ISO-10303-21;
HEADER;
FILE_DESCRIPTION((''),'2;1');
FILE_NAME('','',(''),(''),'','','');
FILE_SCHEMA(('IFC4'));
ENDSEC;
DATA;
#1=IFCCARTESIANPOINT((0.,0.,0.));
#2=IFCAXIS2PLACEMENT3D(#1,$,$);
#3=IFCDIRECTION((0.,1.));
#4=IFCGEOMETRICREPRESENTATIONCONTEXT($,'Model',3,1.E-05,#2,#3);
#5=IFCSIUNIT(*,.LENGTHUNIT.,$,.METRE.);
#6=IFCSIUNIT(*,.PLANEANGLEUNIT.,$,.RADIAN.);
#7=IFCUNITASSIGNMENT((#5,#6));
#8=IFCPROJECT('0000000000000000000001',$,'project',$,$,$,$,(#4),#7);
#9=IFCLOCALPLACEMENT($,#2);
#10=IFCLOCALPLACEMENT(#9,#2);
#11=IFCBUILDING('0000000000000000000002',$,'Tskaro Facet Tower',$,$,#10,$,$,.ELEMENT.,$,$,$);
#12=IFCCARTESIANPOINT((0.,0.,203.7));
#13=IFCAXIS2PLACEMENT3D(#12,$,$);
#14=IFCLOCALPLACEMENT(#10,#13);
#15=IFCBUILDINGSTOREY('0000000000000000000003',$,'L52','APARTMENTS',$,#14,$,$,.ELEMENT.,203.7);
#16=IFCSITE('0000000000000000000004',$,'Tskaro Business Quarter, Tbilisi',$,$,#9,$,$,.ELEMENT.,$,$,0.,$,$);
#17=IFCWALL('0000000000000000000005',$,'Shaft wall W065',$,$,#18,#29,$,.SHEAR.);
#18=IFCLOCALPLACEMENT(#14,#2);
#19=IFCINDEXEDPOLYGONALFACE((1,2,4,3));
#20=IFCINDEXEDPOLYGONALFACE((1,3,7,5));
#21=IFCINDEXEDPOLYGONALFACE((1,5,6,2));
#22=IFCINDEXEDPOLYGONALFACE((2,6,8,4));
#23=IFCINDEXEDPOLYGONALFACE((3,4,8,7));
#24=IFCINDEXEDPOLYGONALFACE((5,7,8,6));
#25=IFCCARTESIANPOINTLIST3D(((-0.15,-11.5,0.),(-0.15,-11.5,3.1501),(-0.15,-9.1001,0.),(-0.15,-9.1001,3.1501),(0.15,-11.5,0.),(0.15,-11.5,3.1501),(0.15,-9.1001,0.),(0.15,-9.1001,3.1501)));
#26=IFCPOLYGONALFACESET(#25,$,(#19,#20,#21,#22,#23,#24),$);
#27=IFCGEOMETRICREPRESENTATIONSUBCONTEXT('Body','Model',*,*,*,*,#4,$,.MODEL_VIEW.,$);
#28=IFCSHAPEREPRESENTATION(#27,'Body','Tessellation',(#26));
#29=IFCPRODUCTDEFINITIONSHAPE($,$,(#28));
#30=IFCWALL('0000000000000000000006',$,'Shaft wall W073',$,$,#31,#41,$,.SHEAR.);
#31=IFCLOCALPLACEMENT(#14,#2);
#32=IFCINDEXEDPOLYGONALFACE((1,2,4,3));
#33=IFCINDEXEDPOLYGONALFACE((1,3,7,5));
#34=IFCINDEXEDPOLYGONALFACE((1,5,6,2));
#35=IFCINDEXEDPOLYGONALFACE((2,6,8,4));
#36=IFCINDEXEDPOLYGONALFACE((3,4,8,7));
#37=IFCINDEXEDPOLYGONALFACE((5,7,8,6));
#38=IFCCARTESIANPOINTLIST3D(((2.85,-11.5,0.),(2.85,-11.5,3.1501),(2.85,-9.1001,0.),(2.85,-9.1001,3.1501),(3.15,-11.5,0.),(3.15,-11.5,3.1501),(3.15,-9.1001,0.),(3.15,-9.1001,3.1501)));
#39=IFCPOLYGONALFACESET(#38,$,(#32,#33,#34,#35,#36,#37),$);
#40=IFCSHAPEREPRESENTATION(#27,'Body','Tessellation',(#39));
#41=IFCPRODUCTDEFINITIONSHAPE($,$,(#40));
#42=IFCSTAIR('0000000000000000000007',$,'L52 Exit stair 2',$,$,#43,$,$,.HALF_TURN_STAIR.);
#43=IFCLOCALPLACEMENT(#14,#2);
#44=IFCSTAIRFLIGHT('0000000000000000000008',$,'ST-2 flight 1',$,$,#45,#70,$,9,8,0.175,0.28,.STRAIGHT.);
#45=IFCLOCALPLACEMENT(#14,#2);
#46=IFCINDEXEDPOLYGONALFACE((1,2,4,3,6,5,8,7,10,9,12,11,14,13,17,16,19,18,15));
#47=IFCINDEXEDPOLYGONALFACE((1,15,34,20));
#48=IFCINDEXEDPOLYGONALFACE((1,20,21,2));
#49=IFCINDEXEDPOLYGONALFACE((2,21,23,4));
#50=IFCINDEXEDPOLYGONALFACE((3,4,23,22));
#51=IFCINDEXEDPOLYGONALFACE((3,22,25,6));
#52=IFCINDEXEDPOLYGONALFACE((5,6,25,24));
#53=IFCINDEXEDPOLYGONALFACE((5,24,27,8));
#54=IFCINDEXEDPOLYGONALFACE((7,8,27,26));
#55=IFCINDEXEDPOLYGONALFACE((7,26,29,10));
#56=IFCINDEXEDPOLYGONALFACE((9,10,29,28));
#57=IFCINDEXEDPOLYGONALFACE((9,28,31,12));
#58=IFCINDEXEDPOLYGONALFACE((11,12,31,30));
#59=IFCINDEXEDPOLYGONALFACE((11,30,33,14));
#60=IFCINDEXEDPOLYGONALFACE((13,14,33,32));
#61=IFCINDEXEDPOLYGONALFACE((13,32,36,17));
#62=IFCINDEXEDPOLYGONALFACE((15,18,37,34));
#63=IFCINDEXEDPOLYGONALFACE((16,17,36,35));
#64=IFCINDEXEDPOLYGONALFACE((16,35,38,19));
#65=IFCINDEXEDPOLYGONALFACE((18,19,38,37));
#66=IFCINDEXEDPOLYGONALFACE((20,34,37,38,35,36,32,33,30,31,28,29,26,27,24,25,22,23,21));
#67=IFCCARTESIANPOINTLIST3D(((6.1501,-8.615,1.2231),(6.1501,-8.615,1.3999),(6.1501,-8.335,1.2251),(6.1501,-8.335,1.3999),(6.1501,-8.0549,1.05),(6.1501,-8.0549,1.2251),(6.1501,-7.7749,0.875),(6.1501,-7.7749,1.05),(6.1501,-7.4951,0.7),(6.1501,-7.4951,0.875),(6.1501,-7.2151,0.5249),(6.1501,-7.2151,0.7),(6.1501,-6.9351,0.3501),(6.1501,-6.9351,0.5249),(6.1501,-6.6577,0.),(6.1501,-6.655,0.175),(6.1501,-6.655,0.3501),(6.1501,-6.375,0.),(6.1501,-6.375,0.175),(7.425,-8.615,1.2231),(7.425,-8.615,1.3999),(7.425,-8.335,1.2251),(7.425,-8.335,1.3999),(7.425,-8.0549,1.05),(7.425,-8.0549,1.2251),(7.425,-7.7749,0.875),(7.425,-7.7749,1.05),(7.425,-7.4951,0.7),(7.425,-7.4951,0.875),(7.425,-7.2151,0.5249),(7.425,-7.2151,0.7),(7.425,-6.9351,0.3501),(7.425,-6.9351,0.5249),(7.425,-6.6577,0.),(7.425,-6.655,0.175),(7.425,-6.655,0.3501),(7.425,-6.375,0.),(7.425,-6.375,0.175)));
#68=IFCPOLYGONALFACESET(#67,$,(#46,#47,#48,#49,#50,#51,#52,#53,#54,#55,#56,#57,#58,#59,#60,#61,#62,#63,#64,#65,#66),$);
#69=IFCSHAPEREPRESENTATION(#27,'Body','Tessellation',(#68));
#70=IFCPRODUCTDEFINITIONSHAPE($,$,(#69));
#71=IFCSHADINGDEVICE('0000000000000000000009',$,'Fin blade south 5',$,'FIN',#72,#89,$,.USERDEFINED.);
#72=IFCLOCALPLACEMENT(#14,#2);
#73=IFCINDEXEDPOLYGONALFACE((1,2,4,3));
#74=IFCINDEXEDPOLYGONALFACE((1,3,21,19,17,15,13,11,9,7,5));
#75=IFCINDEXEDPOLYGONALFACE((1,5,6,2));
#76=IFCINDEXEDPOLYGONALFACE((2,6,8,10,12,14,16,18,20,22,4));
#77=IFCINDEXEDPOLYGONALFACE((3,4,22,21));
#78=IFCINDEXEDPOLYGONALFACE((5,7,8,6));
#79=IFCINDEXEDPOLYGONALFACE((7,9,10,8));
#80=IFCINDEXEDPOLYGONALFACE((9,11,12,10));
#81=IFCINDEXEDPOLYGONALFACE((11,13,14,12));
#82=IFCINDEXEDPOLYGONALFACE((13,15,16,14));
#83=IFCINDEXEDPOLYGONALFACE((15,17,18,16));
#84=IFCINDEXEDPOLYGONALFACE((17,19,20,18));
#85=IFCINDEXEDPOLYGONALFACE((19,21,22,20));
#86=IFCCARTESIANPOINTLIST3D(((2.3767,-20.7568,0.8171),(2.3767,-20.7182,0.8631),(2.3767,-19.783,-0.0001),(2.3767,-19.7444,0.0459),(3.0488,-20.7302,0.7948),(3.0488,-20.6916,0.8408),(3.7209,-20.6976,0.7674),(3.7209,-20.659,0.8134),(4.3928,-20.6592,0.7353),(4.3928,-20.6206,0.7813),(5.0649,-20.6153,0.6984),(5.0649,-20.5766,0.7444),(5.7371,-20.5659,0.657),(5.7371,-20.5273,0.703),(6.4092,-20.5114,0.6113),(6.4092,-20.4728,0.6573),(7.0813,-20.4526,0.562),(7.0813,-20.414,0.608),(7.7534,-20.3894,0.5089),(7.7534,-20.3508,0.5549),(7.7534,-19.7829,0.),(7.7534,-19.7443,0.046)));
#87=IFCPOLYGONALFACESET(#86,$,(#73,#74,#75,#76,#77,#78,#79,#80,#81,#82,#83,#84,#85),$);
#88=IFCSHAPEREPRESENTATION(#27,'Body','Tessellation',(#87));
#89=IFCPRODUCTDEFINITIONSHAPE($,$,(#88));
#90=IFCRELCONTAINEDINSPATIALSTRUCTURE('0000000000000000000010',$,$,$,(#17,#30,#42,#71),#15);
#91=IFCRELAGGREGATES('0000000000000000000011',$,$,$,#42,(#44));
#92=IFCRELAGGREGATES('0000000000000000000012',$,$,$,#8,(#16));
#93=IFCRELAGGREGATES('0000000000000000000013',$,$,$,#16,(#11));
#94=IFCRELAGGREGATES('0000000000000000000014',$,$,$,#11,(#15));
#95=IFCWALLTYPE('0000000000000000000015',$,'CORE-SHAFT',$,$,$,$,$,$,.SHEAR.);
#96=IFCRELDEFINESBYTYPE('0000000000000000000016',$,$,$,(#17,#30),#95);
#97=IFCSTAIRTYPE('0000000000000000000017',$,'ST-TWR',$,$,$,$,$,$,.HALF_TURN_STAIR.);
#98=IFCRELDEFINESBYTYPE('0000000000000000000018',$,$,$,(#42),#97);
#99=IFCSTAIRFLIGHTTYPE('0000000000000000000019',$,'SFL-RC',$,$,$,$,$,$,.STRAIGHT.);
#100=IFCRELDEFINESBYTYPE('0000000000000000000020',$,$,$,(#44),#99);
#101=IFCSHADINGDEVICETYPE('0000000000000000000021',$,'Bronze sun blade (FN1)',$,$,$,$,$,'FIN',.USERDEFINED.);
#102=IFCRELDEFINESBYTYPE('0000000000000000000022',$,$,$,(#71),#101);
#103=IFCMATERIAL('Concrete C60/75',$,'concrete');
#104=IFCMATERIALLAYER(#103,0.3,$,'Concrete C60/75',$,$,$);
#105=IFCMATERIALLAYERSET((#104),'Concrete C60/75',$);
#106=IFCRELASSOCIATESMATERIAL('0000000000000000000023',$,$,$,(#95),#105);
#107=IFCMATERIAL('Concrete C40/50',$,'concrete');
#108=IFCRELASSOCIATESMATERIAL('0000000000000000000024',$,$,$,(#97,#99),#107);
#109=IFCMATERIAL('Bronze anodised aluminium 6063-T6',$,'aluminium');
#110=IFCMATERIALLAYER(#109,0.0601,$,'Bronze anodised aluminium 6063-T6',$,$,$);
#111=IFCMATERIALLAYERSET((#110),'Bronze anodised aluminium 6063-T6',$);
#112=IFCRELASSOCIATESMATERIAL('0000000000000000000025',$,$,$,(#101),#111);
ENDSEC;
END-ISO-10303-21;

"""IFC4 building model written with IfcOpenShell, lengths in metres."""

from ifc_helpers import new_model, si_unit, direction, frame, frame_2d, origin, place, context, subcontext, project, spatial, polyline, rectangle, outline, extrude, material, layer, layer_set, type_object, element, aggregate, save


model = new_model("IFC4")

# Units and contexts
model_context = context("Model", 3, precision=1e-05, world=origin(), true_north=direction((0.0, 1.0)))
body_context = subcontext(model_context, "Body", "Model", "MODEL_VIEW")
ifc_project = project(units=[si_unit("LENGTHUNIT", "METRE"), si_unit("PLANEANGLEUNIT", "RADIAN")], contexts=[model_context])

# Site, building, storey
site_placement = place(None, origin())
site = spatial("IfcSite", under=ifc_project, at=site_placement, Name="Tskaro Business Quarter, Tbilisi", CompositionType="ELEMENT", RefElevation=0.0)
building_placement = place(site_placement, origin())
building = spatial("IfcBuilding", under=site, at=building_placement, Name="Tskaro Facet Tower", CompositionType="ELEMENT")
storey_placement = place(building_placement, frame((0.0, 0.0, 203.7)))
storey = spatial("IfcBuildingStorey", under=building, at=storey_placement, Name="L52", Description="APARTMENTS", CompositionType="ELEMENT", Elevation=203.7)

# Shared definitions
ifc_material_1 = material(Name="Bronze anodised aluminium 6063-T6", Category="aluminium")

# Walls
ifc_material_2 = material(Name="Concrete C60/75", Category="concrete")
ifc_layer_1 = layer(ifc_material_2, 0.3, Name="Concrete C60/75")
ifc_layer_set_1 = layer_set([ifc_layer_1], Name="Concrete C60/75")
wall_type = type_object("IfcWallType", Name="CORE-SHAFT", PredefinedType="SHEAR", material=ifc_layer_set_1)
for number, where, z_axis, x_axis, name in (
    (1, (0.0, -11.5, 0.0), (0.0, 0.0, 1.0), (0.0, 1.0, 0.0), "Shaft wall W065"),
    (2, (3.0, -11.5, 0.0), (0.0, 0.0, 1.0), (0.0, 1.0, 0.0), "Shaft wall W073"),
):
    element("IfcWall", number, at=place(storey_placement, frame(where, z_axis=z_axis, x_axis=x_axis)), inside=storey, type_object=wall_type, Name=name, PredefinedType="SHEAR", context=body_context, shape_type="SweptSolid", body=[
        extrude(rectangle(XDim=2.3999, YDim=0.3, at=frame_2d((1.2, 0.0))), origin(), (0.0, 0.0, 1.0), 3.1501),
    ])

# Stair, stair flight
ifc_material_3 = material(Name="Concrete C40/50", Category="concrete")
stair_type = type_object("IfcStairType", Name="ST-TWR", PredefinedType="HALF_TURN_STAIR", material=ifc_material_3)
stair_placement = place(storey_placement, origin())
stair = element("IfcStair", 3, at=stair_placement, inside=storey, type_object=stair_type, Name="L52 Exit stair 2", PredefinedType="HALF_TURN_STAIR")
stair_flight_type = type_object("IfcStairFlightType", Name="SFL-RC", PredefinedType="STRAIGHT", material=ifc_material_3)
stair_flight_placement = place(storey_placement, frame((6.7876, -6.375, 0.0), z_axis=(0.0, 0.0, 1.0), x_axis=(0.0, -1.0, 0.0)))
stair_flight = element("IfcStairFlight", 4, at=stair_flight_placement, type_object=stair_flight_type, Name="ST-2 flight 1", NumberOfRisers=9, NumberOfTreads=8, PredefinedType="STRAIGHT", RiserHeight=0.175, TreadLength=0.28, context=body_context, shape_type="SweptSolid", body=[
    extrude(outline(polyline([(0.0, 0.0), (0.0, 0.175), (0.28, 0.175), (0.28, 0.3501), (0.5601, 0.3501), (0.5601, 0.5249), (0.8401, 0.5249), (0.8401, 0.7), (1.1201, 0.7), (1.1201, 0.875), (1.3999, 0.875), (1.3999, 1.05), (1.6799, 1.05), (1.6799, 1.2251), (1.96, 1.2251), (1.96, 1.3999), (2.24, 1.3999), (2.24, 1.575), (2.24, 1.2231), (0.2827, 0.0), (0.0, 0.0)])), frame((0.0, 0.6375, 0.0), z_axis=(0.0, -1.0, 0.0), x_axis=(1.0, 0.0, 0.0)), (0.0, 0.0, 1.0), 1.2749),
])
aggregate(stair, [stair_flight])

# Shading device
ifc_layer_2 = layer(ifc_material_1, 0.0601, Name="Bronze anodised aluminium 6063-T6")
ifc_layer_set_2 = layer_set([ifc_layer_2], Name="Bronze anodised aluminium 6063-T6")
shading_device_type = type_object("IfcShadingDeviceType", Name="Bronze sun blade (FN1)", ElementType="FIN", PredefinedType="USERDEFINED", material=ifc_layer_set_2)
shading_device_placement = place(storey_placement, frame((2.3767, -19.7444, 0.0459), z_axis=(-0.000018, 0.642834, 0.766006), x_axis=(1.0, 0.000011, 0.000013)))
element("IfcShadingDevice", 5, at=shading_device_placement, inside=storey, type_object=shading_device_type, Name="Fin blade south 5", ObjectType="FIN", PredefinedType="USERDEFINED", context=body_context, shape_type="SweptSolid", body=[
    extrude(outline(polyline([(0.0, 0.0), (5.3767, 0.0), (5.3767, -0.7918), (4.7046, -0.8743), (4.0325, -0.951), (3.3604, -1.0221), (2.6882, -1.0865), (2.0161, -1.1439), (1.3442, -1.194), (0.6721, -1.2366), (0.0, -1.2713), (0.0, 0.0)])), origin(), (0.0, 0.0, -1.0), 0.0601),
])

save(model, "model.ifc")
